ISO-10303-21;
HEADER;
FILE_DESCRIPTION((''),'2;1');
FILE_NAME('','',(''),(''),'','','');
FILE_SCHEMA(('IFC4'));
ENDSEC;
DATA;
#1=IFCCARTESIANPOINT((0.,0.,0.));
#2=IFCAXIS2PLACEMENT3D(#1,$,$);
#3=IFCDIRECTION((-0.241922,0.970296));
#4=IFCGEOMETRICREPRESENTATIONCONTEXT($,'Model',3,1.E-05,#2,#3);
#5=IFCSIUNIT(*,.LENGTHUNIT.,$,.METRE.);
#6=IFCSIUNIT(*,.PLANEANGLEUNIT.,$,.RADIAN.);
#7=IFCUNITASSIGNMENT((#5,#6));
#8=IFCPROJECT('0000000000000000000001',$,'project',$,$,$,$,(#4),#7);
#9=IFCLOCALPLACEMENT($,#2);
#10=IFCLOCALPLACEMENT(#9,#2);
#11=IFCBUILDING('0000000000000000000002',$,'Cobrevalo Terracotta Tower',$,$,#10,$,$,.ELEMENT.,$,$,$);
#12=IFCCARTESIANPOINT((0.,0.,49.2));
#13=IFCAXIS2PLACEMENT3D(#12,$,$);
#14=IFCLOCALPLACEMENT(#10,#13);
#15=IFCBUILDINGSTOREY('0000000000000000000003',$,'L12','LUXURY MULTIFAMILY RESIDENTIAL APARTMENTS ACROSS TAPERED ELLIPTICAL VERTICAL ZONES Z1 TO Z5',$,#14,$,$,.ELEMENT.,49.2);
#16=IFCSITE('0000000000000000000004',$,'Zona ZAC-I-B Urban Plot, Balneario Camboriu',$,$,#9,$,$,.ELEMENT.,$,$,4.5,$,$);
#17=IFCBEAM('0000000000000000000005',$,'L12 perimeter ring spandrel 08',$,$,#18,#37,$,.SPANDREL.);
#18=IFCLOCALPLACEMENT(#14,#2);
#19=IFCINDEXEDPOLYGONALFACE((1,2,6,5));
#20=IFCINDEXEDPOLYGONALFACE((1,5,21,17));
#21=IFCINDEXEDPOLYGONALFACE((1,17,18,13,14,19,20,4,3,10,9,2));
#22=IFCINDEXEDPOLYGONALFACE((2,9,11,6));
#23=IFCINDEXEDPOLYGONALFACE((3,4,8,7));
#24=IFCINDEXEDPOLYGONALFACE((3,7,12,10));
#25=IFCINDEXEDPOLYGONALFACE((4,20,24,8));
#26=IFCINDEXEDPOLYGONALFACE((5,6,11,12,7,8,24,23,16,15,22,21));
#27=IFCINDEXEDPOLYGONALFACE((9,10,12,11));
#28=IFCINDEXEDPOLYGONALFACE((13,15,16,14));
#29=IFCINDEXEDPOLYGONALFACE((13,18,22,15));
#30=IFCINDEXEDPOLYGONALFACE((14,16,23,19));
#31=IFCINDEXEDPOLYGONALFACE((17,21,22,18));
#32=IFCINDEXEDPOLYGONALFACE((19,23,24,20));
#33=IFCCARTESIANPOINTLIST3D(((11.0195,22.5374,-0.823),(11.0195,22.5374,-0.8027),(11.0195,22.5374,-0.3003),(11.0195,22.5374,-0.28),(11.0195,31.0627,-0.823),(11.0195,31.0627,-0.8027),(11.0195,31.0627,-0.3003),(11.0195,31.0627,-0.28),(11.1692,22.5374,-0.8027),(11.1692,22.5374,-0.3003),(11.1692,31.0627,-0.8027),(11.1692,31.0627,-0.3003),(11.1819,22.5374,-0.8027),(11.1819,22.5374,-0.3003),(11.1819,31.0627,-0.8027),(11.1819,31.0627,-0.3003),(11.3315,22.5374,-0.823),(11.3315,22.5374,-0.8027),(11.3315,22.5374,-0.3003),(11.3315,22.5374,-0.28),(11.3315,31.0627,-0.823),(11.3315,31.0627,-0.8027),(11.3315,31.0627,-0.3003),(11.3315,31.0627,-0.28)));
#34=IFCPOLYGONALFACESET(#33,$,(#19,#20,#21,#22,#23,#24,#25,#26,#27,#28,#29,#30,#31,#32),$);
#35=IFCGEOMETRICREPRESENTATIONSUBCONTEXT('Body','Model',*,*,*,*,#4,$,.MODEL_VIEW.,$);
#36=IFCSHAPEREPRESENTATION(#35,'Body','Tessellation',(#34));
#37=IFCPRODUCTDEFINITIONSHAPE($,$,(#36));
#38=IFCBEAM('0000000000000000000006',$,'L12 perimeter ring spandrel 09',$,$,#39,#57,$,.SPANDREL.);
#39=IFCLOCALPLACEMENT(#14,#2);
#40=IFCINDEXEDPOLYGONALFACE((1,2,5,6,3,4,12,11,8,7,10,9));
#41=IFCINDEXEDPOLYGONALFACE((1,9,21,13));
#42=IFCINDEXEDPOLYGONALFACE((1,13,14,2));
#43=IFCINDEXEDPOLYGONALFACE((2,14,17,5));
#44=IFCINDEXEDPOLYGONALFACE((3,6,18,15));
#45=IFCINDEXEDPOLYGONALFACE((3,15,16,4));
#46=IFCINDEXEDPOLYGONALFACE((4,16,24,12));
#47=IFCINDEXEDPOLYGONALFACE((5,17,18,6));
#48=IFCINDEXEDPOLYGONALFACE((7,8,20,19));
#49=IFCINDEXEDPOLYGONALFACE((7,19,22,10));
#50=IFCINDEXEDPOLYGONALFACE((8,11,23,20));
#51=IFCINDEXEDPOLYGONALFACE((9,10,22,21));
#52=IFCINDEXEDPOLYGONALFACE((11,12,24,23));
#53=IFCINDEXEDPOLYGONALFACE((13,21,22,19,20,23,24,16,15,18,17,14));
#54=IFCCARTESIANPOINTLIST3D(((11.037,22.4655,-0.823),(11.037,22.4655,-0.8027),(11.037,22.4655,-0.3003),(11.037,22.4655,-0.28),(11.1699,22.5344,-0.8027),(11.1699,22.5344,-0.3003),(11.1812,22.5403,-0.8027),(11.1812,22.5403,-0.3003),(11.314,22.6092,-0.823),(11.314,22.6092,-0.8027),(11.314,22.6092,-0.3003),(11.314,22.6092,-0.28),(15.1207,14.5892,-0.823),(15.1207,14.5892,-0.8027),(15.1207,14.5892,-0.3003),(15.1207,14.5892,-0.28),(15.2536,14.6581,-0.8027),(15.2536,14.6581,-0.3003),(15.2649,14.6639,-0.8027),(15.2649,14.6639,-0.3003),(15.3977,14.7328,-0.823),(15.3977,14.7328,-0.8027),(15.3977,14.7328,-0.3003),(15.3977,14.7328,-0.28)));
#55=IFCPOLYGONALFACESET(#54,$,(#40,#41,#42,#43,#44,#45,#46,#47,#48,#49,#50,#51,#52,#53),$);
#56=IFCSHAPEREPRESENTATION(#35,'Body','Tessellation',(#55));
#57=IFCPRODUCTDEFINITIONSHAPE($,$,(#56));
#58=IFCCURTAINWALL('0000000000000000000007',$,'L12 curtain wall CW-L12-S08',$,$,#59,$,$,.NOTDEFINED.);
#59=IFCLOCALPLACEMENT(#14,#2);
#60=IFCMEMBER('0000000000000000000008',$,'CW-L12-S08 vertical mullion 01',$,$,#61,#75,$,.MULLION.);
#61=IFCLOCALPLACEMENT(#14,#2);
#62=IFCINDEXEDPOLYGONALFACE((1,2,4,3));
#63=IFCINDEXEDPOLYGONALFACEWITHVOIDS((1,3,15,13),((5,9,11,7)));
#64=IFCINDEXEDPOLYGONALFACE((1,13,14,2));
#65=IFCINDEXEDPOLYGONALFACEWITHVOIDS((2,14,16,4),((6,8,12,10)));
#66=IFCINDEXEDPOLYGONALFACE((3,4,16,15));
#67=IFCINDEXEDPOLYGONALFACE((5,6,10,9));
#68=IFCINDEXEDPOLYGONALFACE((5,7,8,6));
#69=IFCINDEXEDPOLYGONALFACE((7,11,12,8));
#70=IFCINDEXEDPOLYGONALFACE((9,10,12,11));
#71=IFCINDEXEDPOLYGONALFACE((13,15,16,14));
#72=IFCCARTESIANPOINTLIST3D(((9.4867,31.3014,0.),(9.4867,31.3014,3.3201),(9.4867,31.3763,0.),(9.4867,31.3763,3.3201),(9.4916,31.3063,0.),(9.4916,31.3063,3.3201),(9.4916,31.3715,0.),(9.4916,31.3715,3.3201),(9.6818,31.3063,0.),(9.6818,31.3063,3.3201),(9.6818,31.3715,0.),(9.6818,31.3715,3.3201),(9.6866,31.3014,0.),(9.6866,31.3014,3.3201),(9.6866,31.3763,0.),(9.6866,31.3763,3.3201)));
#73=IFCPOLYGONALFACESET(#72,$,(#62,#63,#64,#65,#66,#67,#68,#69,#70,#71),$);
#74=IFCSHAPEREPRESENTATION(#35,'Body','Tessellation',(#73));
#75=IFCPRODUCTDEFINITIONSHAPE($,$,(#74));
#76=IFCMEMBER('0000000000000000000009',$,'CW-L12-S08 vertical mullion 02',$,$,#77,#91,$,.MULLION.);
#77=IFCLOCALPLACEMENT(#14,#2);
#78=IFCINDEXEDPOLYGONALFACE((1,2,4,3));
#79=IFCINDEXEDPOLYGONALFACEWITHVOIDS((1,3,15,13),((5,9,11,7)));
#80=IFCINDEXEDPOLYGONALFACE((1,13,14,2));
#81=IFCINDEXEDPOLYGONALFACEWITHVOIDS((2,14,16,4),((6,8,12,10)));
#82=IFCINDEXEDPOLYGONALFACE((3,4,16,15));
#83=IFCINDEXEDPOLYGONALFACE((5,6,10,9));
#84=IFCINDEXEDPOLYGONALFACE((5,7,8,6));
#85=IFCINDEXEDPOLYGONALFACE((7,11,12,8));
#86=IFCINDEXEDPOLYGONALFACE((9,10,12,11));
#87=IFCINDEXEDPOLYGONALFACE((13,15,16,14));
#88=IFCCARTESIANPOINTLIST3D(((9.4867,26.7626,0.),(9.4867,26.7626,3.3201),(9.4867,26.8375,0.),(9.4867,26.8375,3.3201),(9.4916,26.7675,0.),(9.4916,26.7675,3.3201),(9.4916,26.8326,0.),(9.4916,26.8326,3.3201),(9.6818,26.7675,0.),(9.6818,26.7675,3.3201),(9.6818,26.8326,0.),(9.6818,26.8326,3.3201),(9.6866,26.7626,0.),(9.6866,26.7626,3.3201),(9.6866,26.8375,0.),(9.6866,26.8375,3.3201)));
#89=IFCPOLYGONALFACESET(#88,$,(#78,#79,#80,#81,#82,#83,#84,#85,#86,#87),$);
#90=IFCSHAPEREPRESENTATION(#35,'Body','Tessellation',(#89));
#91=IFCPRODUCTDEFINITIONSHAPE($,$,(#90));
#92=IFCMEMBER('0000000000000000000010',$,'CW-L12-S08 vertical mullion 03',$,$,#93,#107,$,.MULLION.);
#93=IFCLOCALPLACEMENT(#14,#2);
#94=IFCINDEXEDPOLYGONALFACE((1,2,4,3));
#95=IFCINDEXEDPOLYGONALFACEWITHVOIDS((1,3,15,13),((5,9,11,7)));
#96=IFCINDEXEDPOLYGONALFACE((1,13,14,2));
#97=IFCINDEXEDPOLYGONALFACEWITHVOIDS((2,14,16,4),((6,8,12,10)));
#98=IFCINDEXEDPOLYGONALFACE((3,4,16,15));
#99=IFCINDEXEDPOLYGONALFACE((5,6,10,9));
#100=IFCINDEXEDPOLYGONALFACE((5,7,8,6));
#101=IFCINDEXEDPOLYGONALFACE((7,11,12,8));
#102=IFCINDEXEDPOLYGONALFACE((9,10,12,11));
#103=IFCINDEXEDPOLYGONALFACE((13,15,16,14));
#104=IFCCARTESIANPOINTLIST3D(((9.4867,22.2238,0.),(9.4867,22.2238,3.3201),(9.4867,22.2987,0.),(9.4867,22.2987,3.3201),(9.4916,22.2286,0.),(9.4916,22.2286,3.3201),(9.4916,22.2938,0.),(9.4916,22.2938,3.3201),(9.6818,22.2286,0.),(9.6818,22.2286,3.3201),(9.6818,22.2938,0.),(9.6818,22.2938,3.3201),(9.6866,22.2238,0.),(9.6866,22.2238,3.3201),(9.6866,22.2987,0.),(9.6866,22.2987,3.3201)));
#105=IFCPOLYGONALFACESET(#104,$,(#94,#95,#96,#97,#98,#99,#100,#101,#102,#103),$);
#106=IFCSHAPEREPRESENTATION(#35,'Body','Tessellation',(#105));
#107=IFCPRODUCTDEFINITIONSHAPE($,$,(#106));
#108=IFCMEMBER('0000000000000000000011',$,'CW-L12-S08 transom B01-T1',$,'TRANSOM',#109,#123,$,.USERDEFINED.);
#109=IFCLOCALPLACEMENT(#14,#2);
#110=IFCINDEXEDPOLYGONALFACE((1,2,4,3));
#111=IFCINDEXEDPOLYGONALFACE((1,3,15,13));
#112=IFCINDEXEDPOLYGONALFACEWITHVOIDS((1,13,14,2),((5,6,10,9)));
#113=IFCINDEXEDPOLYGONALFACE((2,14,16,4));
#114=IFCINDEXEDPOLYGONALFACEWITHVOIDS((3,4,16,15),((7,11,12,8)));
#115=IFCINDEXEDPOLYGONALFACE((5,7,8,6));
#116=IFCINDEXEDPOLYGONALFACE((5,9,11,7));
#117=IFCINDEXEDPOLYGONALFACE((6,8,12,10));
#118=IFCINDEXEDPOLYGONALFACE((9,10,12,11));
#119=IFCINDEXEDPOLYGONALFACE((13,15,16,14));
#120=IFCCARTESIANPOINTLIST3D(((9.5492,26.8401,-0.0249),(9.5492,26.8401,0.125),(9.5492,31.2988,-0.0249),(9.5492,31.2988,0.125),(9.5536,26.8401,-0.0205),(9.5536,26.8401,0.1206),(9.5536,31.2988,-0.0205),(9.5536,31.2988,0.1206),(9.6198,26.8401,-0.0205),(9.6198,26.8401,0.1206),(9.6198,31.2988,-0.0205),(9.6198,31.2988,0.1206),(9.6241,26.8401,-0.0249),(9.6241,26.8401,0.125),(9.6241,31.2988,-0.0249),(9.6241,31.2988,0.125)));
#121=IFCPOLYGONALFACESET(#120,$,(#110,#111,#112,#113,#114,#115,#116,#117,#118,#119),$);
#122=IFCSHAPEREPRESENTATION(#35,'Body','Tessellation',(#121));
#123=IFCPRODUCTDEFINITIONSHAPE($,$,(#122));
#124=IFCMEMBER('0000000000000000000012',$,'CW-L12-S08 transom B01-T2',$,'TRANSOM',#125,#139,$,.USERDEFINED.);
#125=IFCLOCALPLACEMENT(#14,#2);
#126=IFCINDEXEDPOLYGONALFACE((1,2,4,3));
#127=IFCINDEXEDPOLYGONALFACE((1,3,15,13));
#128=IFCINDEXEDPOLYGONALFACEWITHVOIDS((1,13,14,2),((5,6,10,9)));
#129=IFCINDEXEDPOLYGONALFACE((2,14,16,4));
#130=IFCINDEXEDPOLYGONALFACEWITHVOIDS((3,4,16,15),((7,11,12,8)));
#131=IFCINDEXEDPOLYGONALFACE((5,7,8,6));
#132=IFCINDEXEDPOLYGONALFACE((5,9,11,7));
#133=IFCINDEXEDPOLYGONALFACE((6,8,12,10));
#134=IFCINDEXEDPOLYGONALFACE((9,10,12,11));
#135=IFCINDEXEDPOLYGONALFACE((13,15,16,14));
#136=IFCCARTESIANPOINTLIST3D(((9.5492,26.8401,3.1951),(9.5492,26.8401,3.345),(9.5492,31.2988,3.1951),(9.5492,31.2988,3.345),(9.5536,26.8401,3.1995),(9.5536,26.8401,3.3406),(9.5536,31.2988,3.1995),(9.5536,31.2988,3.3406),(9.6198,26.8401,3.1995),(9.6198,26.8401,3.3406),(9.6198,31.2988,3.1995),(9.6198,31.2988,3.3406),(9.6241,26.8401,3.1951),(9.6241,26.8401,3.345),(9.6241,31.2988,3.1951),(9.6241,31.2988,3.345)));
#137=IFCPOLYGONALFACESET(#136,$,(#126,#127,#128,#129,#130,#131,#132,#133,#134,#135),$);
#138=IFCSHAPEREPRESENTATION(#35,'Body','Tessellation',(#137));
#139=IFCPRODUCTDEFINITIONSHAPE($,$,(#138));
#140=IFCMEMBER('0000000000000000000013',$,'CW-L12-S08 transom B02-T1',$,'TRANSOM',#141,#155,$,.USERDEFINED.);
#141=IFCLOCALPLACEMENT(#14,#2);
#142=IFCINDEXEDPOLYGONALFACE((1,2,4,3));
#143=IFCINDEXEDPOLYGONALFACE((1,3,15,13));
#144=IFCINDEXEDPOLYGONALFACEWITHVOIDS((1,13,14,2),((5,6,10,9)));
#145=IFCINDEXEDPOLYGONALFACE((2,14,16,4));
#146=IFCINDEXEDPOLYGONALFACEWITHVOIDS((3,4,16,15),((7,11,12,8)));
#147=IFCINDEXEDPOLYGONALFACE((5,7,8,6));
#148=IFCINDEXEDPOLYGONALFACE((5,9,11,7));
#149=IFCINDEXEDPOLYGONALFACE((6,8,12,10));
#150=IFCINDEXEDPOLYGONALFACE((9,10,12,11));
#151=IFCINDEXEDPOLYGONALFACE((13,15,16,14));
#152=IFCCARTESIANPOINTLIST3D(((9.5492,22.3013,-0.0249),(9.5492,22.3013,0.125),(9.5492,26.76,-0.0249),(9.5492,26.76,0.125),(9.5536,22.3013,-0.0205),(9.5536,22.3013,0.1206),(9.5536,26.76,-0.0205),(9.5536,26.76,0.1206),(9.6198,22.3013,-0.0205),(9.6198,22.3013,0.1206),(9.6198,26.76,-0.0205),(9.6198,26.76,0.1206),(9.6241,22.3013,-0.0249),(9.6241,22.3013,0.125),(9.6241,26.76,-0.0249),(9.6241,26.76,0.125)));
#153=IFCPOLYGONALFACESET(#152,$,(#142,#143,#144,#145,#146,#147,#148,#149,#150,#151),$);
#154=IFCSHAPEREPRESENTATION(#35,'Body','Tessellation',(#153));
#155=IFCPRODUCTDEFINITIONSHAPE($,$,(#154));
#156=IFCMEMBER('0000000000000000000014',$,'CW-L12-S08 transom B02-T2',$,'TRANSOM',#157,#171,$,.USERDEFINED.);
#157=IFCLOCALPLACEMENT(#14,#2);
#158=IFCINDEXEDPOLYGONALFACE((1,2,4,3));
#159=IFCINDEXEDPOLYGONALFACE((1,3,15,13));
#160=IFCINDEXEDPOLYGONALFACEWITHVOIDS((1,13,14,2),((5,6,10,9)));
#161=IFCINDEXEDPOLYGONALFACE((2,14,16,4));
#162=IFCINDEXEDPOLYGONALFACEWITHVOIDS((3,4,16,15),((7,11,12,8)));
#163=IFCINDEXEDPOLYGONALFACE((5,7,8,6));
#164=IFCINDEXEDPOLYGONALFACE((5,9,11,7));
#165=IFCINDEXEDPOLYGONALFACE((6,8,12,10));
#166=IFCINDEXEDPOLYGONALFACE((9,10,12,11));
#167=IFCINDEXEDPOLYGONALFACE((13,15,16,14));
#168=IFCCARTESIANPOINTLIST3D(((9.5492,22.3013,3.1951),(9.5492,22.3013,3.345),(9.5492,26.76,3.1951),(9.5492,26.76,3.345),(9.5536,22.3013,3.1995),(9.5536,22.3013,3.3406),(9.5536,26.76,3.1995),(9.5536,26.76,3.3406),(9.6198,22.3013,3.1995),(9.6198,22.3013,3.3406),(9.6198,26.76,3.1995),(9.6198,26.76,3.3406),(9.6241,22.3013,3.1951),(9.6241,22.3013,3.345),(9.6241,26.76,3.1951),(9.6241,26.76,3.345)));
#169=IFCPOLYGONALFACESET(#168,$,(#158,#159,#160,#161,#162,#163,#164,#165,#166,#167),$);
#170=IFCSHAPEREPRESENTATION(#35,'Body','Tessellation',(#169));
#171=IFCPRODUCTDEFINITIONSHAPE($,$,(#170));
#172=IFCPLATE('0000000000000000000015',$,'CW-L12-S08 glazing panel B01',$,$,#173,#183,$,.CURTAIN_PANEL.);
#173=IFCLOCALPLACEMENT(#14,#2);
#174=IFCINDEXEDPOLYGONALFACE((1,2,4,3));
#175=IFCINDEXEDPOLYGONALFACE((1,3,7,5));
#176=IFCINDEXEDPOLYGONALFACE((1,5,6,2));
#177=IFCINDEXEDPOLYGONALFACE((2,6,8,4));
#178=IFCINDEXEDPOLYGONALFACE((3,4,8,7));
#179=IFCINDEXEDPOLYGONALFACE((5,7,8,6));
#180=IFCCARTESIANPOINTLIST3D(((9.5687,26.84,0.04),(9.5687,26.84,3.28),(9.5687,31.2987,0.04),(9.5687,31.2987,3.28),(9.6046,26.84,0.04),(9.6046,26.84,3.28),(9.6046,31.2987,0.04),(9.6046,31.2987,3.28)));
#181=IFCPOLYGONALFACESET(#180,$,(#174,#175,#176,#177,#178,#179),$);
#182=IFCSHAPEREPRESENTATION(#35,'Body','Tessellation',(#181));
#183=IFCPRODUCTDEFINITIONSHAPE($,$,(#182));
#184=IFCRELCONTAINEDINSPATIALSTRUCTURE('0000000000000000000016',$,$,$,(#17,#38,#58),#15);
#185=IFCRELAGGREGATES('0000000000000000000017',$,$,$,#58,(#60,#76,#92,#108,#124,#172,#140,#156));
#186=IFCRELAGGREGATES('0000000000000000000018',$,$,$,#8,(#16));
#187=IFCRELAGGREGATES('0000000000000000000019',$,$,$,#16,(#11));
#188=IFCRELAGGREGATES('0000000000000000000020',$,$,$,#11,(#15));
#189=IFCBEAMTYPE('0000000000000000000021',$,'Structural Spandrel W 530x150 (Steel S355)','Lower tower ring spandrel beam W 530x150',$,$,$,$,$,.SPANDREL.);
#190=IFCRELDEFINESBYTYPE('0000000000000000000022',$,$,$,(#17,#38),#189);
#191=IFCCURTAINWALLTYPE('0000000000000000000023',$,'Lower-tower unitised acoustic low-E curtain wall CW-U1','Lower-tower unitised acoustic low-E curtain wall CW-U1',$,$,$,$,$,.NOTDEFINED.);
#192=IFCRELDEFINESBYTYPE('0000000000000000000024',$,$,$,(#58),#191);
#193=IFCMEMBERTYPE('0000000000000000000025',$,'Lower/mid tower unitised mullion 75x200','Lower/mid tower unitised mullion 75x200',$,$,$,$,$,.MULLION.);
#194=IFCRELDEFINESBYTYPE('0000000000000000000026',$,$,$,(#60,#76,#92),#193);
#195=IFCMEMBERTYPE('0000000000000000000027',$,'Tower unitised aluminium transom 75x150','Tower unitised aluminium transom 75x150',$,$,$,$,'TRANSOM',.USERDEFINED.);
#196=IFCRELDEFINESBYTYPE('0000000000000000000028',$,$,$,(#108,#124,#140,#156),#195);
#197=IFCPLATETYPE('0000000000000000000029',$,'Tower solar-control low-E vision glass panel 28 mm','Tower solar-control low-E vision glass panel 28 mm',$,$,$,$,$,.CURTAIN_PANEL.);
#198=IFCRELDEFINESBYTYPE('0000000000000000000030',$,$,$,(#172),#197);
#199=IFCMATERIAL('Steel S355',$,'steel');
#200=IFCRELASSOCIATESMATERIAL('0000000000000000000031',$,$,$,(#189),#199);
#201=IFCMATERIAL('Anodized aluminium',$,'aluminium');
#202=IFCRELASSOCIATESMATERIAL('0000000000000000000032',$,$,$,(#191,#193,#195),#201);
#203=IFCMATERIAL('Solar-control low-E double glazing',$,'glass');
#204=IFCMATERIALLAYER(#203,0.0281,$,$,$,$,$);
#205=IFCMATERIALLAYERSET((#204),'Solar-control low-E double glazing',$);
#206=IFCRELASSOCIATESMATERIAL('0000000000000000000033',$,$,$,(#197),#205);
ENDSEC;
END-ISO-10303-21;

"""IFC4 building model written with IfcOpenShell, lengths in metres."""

from ifc_helpers import new_model, si_unit, direction, frame, origin, origin_2d, place, context, subcontext, project, spatial, rectangle, hollow_rectangle, i_section, extrude, source, transform, mapped, material, layer, layer_set, material_profile, profile_set, type_object, element, aggregate, save


model = new_model("IFC4")

# Units and contexts
model_context = context("Model", 3, precision=1e-05, world=origin(), true_north=direction((-0.241922, 0.970296)))
body_context = subcontext(model_context, "Body", "Model", "MODEL_VIEW")
ifc_project = project(units=[si_unit("LENGTHUNIT", "METRE"), si_unit("PLANEANGLEUNIT", "RADIAN")], contexts=[model_context])

# Site, building, storey
site_placement = place(None, origin())
site = spatial("IfcSite", under=ifc_project, at=site_placement, Name="Zona ZAC-I-B Urban Plot, Balneario Camboriu", CompositionType="ELEMENT", RefElevation=4.5)
building_placement = place(site_placement, origin())
building = spatial("IfcBuilding", under=site, at=building_placement, Name="Cobrevalo Terracotta Tower", CompositionType="ELEMENT")
storey_placement = place(building_placement, frame((0.0, 0.0, 49.2)))
storey = spatial("IfcBuildingStorey", under=building, at=storey_placement, Name="L12", Description="LUXURY MULTIFAMILY RESIDENTIAL APARTMENTS ACROSS TAPERED ELLIPTICAL VERTICAL ZONES Z1 TO Z5", CompositionType="ELEMENT", Elevation=49.2)

# Shared definitions
ifc_material_1 = material(Name="Steel S355", Category="steel")

# Beams
ifc_material_profile_1 = material_profile(ifc_material_1, i_section(OverallWidth=0.312, OverallDepth=0.543, WebThickness=0.0127, FlangeThickness=0.0203, at=origin_2d()), Name="W 530x150")
ifc_profile_set_1 = profile_set([ifc_material_profile_1], Name="Steel S355")
beam_type_1 = type_object("IfcBeamType", Name="Structural Spandrel W 530x150 (Steel S355)", Description="Lower tower ring spandrel beam W 530x150", PredefinedType="SPANDREL", material=ifc_profile_set_1)
beam_1_placement = place(storey_placement, frame((11.1755, 31.0627, -0.5515), z_axis=(0.0, -1.0, 0.0), x_axis=(1.0, 0.0, 0.0)))
element("IfcBeam", 1, at=beam_1_placement, inside=storey, type_object=beam_type_1, Name="L12 perimeter ring spandrel 08", PredefinedType="SPANDREL", context=body_context, shape_type="SweptSolid", body=[
    extrude(i_section(OverallWidth=0.312, OverallDepth=0.543, WebThickness=0.0127, FlangeThickness=0.0203, at=origin_2d()), origin(), (0.0, 0.0, 1.0), 8.5254),
])
beam_2_placement = place(storey_placement, frame((11.1755, 22.5374, -0.5515), z_axis=(0.460286, -0.887771, 0.0), x_axis=(0.887771, 0.460286, 0.0)))
element("IfcBeam", 2, at=beam_2_placement, inside=storey, type_object=beam_type_1, Name="L12 perimeter ring spandrel 09", PredefinedType="SPANDREL", context=body_context, shape_type="SweptSolid", body=[
    extrude(i_section(OverallWidth=0.312, OverallDepth=0.543, WebThickness=0.0127, FlangeThickness=0.0203, at=origin_2d()), origin(), (0.0, 0.0, 1.0), 8.8721),
])

# Curtain wall, members, plate
ifc_material_2 = material(Name="Anodized aluminium", Category="aluminium")
curtain_wall_type = type_object("IfcCurtainWallType", Name="Lower-tower unitised acoustic low-E curtain wall CW-U1", Description="Lower-tower unitised acoustic low-E curtain wall CW-U1", PredefinedType="NOTDEFINED", material=ifc_material_2)
curtain_wall_placement = place(storey_placement, origin())
curtain_wall = element("IfcCurtainWall", 3, at=curtain_wall_placement, inside=storey, type_object=curtain_wall_type, Name="L12 curtain wall CW-L12-S08", PredefinedType="NOTDEFINED")
ifc_material_profile_2 = material_profile(ifc_material_2, hollow_rectangle(XDim=0.075, YDim=0.2, WallThickness=0.0049, at=origin_2d()), Name="CWM 75x200")
ifc_profile_set_2 = profile_set([ifc_material_profile_2], Name="Anodized aluminium")
member_type_1 = type_object("IfcMemberType", Name="Lower/mid tower unitised mullion 75x200", Description="Lower/mid tower unitised mullion 75x200", PredefinedType="MULLION", material=ifc_profile_set_2)
shared_shape_1 = source(origin(), body_context, "Body", "SweptSolid", [
    extrude(hollow_rectangle(XDim=0.075, YDim=0.2, WallThickness=0.0049, at=origin_2d()), origin(), (0.0, 0.0, 1.0), 3.3201),
])
member_1_placement = place(storey_placement, frame((9.5867, 31.3389, 0.0), z_axis=(0.0, 0.0, 1.0), x_axis=(0.0, -1.0, 0.0)))
member_1 = element("IfcMember", 4, at=member_1_placement, type_object=member_type_1, Name="CW-L12-S08 vertical mullion 01", PredefinedType="MULLION", context=body_context, shape_type="MappedRepresentation", body=[
    mapped(shared_shape_1, transform((0.0, 0.0, 0.0), scale=1.0)),
])
member_2_placement = place(storey_placement, frame((9.5867, 26.8, 0.0), z_axis=(0.0, 0.0, 1.0), x_axis=(0.0, -1.0, 0.0)))
member_2 = element("IfcMember", 5, at=member_2_placement, type_object=member_type_1, Name="CW-L12-S08 vertical mullion 02", PredefinedType="MULLION", context=body_context, shape_type="MappedRepresentation", body=[
    mapped(shared_shape_1, transform((0.0, 0.0, 0.0), scale=1.0)),
])
member_3_placement = place(storey_placement, frame((9.5867, 22.2612, 0.0), z_axis=(0.0, 0.0, 1.0), x_axis=(0.0, -1.0, 0.0)))
member_3 = element("IfcMember", 6, at=member_3_placement, type_object=member_type_1, Name="CW-L12-S08 vertical mullion 03", PredefinedType="MULLION", context=body_context, shape_type="MappedRepresentation", body=[
    mapped(shared_shape_1, transform((0.0, 0.0, 0.0), scale=1.0)),
])
ifc_material_profile_3 = material_profile(ifc_material_2, hollow_rectangle(XDim=0.075, YDim=0.1499, WallThickness=0.0044, at=origin_2d()), Name="CWT 75x150")
ifc_profile_set_3 = profile_set([ifc_material_profile_3], Name="Anodized aluminium")
member_type_2 = type_object("IfcMemberType", Name="Tower unitised aluminium transom 75x150", Description="Tower unitised aluminium transom 75x150", ElementType="TRANSOM", PredefinedType="USERDEFINED", material=ifc_profile_set_3)
shared_shape_2 = source(origin(), body_context, "Body", "SweptSolid", [
    extrude(hollow_rectangle(XDim=0.075, YDim=0.1499, WallThickness=0.0044, at=origin_2d()), origin(), (0.0, 0.0, 1.0), 4.4587),
])
member_4_placement = place(storey_placement, frame((9.5867, 31.2988, 0.05), z_axis=(0.0, -1.0, 0.0), x_axis=(1.0, 0.0, 0.0)))
member_4 = element("IfcMember", 7, at=member_4_placement, type_object=member_type_2, Name="CW-L12-S08 transom B01-T1", ObjectType="TRANSOM", PredefinedType="USERDEFINED", context=body_context, shape_type="MappedRepresentation", body=[
    mapped(shared_shape_2, transform((0.0, 0.0, 0.0), scale=1.0)),
])
member_5_placement = place(storey_placement, frame((9.5867, 31.2988, 3.27), z_axis=(0.0, -1.0, 0.0), x_axis=(1.0, 0.0, 0.0)))
member_5 = element("IfcMember", 8, at=member_5_placement, type_object=member_type_2, Name="CW-L12-S08 transom B01-T2", ObjectType="TRANSOM", PredefinedType="USERDEFINED", context=body_context, shape_type="MappedRepresentation", body=[
    mapped(shared_shape_2, transform((0.0, 0.0, 0.0), scale=1.0)),
])
member_6_placement = place(storey_placement, frame((9.5867, 26.76, 0.05), z_axis=(0.0, -1.0, 0.0), x_axis=(1.0, 0.0, 0.0)))
member_6 = element("IfcMember", 9, at=member_6_placement, type_object=member_type_2, Name="CW-L12-S08 transom B02-T1", ObjectType="TRANSOM", PredefinedType="USERDEFINED", context=body_context, shape_type="MappedRepresentation", body=[
    mapped(shared_shape_2, transform((0.0, 0.0, 0.0), scale=1.0)),
])
member_7_placement = place(storey_placement, frame((9.5867, 26.76, 3.27), z_axis=(0.0, -1.0, 0.0), x_axis=(1.0, 0.0, 0.0)))
member_7 = element("IfcMember", 10, at=member_7_placement, type_object=member_type_2, Name="CW-L12-S08 transom B02-T2", ObjectType="TRANSOM", PredefinedType="USERDEFINED", context=body_context, shape_type="MappedRepresentation", body=[
    mapped(shared_shape_2, transform((0.0, 0.0, 0.0), scale=1.0)),
])
ifc_material_3 = material(Name="Solar-control low-E double glazing", Category="glass")
ifc_layer_1 = layer(ifc_material_3, 0.0281)
ifc_layer_set_1 = layer_set([ifc_layer_1], Name="Solar-control low-E double glazing")
plate_type = type_object("IfcPlateType", Name="Tower solar-control low-E vision glass panel 28 mm", Description="Tower solar-control low-E vision glass panel 28 mm", PredefinedType="CURTAIN_PANEL", material=ifc_layer_set_1)
shared_shape_3 = source(origin(), body_context, "Body", "SweptSolid", [
    extrude(rectangle(XDim=4.4587, YDim=0.0359, at=origin_2d()), origin(), (0.0, 0.0, 1.0), 3.24),
])
plate_1_placement = place(storey_placement, frame((9.5867, 29.0693, 0.04), z_axis=(0.0, 0.0, 1.0), x_axis=(0.0, -1.0, 0.0)))
plate_1 = element("IfcPlate", 11, at=plate_1_placement, type_object=plate_type, Name="CW-L12-S08 glazing panel B01", PredefinedType="CURTAIN_PANEL", context=body_context, shape_type="MappedRepresentation", body=[
    mapped(shared_shape_3, transform((0.0, 0.0, 0.0), scale=1.0)),
])
aggregate(curtain_wall, [member_1, member_2, member_3, member_4, member_5, plate_1, member_6, member_7])

save(model, "model.ifc")
